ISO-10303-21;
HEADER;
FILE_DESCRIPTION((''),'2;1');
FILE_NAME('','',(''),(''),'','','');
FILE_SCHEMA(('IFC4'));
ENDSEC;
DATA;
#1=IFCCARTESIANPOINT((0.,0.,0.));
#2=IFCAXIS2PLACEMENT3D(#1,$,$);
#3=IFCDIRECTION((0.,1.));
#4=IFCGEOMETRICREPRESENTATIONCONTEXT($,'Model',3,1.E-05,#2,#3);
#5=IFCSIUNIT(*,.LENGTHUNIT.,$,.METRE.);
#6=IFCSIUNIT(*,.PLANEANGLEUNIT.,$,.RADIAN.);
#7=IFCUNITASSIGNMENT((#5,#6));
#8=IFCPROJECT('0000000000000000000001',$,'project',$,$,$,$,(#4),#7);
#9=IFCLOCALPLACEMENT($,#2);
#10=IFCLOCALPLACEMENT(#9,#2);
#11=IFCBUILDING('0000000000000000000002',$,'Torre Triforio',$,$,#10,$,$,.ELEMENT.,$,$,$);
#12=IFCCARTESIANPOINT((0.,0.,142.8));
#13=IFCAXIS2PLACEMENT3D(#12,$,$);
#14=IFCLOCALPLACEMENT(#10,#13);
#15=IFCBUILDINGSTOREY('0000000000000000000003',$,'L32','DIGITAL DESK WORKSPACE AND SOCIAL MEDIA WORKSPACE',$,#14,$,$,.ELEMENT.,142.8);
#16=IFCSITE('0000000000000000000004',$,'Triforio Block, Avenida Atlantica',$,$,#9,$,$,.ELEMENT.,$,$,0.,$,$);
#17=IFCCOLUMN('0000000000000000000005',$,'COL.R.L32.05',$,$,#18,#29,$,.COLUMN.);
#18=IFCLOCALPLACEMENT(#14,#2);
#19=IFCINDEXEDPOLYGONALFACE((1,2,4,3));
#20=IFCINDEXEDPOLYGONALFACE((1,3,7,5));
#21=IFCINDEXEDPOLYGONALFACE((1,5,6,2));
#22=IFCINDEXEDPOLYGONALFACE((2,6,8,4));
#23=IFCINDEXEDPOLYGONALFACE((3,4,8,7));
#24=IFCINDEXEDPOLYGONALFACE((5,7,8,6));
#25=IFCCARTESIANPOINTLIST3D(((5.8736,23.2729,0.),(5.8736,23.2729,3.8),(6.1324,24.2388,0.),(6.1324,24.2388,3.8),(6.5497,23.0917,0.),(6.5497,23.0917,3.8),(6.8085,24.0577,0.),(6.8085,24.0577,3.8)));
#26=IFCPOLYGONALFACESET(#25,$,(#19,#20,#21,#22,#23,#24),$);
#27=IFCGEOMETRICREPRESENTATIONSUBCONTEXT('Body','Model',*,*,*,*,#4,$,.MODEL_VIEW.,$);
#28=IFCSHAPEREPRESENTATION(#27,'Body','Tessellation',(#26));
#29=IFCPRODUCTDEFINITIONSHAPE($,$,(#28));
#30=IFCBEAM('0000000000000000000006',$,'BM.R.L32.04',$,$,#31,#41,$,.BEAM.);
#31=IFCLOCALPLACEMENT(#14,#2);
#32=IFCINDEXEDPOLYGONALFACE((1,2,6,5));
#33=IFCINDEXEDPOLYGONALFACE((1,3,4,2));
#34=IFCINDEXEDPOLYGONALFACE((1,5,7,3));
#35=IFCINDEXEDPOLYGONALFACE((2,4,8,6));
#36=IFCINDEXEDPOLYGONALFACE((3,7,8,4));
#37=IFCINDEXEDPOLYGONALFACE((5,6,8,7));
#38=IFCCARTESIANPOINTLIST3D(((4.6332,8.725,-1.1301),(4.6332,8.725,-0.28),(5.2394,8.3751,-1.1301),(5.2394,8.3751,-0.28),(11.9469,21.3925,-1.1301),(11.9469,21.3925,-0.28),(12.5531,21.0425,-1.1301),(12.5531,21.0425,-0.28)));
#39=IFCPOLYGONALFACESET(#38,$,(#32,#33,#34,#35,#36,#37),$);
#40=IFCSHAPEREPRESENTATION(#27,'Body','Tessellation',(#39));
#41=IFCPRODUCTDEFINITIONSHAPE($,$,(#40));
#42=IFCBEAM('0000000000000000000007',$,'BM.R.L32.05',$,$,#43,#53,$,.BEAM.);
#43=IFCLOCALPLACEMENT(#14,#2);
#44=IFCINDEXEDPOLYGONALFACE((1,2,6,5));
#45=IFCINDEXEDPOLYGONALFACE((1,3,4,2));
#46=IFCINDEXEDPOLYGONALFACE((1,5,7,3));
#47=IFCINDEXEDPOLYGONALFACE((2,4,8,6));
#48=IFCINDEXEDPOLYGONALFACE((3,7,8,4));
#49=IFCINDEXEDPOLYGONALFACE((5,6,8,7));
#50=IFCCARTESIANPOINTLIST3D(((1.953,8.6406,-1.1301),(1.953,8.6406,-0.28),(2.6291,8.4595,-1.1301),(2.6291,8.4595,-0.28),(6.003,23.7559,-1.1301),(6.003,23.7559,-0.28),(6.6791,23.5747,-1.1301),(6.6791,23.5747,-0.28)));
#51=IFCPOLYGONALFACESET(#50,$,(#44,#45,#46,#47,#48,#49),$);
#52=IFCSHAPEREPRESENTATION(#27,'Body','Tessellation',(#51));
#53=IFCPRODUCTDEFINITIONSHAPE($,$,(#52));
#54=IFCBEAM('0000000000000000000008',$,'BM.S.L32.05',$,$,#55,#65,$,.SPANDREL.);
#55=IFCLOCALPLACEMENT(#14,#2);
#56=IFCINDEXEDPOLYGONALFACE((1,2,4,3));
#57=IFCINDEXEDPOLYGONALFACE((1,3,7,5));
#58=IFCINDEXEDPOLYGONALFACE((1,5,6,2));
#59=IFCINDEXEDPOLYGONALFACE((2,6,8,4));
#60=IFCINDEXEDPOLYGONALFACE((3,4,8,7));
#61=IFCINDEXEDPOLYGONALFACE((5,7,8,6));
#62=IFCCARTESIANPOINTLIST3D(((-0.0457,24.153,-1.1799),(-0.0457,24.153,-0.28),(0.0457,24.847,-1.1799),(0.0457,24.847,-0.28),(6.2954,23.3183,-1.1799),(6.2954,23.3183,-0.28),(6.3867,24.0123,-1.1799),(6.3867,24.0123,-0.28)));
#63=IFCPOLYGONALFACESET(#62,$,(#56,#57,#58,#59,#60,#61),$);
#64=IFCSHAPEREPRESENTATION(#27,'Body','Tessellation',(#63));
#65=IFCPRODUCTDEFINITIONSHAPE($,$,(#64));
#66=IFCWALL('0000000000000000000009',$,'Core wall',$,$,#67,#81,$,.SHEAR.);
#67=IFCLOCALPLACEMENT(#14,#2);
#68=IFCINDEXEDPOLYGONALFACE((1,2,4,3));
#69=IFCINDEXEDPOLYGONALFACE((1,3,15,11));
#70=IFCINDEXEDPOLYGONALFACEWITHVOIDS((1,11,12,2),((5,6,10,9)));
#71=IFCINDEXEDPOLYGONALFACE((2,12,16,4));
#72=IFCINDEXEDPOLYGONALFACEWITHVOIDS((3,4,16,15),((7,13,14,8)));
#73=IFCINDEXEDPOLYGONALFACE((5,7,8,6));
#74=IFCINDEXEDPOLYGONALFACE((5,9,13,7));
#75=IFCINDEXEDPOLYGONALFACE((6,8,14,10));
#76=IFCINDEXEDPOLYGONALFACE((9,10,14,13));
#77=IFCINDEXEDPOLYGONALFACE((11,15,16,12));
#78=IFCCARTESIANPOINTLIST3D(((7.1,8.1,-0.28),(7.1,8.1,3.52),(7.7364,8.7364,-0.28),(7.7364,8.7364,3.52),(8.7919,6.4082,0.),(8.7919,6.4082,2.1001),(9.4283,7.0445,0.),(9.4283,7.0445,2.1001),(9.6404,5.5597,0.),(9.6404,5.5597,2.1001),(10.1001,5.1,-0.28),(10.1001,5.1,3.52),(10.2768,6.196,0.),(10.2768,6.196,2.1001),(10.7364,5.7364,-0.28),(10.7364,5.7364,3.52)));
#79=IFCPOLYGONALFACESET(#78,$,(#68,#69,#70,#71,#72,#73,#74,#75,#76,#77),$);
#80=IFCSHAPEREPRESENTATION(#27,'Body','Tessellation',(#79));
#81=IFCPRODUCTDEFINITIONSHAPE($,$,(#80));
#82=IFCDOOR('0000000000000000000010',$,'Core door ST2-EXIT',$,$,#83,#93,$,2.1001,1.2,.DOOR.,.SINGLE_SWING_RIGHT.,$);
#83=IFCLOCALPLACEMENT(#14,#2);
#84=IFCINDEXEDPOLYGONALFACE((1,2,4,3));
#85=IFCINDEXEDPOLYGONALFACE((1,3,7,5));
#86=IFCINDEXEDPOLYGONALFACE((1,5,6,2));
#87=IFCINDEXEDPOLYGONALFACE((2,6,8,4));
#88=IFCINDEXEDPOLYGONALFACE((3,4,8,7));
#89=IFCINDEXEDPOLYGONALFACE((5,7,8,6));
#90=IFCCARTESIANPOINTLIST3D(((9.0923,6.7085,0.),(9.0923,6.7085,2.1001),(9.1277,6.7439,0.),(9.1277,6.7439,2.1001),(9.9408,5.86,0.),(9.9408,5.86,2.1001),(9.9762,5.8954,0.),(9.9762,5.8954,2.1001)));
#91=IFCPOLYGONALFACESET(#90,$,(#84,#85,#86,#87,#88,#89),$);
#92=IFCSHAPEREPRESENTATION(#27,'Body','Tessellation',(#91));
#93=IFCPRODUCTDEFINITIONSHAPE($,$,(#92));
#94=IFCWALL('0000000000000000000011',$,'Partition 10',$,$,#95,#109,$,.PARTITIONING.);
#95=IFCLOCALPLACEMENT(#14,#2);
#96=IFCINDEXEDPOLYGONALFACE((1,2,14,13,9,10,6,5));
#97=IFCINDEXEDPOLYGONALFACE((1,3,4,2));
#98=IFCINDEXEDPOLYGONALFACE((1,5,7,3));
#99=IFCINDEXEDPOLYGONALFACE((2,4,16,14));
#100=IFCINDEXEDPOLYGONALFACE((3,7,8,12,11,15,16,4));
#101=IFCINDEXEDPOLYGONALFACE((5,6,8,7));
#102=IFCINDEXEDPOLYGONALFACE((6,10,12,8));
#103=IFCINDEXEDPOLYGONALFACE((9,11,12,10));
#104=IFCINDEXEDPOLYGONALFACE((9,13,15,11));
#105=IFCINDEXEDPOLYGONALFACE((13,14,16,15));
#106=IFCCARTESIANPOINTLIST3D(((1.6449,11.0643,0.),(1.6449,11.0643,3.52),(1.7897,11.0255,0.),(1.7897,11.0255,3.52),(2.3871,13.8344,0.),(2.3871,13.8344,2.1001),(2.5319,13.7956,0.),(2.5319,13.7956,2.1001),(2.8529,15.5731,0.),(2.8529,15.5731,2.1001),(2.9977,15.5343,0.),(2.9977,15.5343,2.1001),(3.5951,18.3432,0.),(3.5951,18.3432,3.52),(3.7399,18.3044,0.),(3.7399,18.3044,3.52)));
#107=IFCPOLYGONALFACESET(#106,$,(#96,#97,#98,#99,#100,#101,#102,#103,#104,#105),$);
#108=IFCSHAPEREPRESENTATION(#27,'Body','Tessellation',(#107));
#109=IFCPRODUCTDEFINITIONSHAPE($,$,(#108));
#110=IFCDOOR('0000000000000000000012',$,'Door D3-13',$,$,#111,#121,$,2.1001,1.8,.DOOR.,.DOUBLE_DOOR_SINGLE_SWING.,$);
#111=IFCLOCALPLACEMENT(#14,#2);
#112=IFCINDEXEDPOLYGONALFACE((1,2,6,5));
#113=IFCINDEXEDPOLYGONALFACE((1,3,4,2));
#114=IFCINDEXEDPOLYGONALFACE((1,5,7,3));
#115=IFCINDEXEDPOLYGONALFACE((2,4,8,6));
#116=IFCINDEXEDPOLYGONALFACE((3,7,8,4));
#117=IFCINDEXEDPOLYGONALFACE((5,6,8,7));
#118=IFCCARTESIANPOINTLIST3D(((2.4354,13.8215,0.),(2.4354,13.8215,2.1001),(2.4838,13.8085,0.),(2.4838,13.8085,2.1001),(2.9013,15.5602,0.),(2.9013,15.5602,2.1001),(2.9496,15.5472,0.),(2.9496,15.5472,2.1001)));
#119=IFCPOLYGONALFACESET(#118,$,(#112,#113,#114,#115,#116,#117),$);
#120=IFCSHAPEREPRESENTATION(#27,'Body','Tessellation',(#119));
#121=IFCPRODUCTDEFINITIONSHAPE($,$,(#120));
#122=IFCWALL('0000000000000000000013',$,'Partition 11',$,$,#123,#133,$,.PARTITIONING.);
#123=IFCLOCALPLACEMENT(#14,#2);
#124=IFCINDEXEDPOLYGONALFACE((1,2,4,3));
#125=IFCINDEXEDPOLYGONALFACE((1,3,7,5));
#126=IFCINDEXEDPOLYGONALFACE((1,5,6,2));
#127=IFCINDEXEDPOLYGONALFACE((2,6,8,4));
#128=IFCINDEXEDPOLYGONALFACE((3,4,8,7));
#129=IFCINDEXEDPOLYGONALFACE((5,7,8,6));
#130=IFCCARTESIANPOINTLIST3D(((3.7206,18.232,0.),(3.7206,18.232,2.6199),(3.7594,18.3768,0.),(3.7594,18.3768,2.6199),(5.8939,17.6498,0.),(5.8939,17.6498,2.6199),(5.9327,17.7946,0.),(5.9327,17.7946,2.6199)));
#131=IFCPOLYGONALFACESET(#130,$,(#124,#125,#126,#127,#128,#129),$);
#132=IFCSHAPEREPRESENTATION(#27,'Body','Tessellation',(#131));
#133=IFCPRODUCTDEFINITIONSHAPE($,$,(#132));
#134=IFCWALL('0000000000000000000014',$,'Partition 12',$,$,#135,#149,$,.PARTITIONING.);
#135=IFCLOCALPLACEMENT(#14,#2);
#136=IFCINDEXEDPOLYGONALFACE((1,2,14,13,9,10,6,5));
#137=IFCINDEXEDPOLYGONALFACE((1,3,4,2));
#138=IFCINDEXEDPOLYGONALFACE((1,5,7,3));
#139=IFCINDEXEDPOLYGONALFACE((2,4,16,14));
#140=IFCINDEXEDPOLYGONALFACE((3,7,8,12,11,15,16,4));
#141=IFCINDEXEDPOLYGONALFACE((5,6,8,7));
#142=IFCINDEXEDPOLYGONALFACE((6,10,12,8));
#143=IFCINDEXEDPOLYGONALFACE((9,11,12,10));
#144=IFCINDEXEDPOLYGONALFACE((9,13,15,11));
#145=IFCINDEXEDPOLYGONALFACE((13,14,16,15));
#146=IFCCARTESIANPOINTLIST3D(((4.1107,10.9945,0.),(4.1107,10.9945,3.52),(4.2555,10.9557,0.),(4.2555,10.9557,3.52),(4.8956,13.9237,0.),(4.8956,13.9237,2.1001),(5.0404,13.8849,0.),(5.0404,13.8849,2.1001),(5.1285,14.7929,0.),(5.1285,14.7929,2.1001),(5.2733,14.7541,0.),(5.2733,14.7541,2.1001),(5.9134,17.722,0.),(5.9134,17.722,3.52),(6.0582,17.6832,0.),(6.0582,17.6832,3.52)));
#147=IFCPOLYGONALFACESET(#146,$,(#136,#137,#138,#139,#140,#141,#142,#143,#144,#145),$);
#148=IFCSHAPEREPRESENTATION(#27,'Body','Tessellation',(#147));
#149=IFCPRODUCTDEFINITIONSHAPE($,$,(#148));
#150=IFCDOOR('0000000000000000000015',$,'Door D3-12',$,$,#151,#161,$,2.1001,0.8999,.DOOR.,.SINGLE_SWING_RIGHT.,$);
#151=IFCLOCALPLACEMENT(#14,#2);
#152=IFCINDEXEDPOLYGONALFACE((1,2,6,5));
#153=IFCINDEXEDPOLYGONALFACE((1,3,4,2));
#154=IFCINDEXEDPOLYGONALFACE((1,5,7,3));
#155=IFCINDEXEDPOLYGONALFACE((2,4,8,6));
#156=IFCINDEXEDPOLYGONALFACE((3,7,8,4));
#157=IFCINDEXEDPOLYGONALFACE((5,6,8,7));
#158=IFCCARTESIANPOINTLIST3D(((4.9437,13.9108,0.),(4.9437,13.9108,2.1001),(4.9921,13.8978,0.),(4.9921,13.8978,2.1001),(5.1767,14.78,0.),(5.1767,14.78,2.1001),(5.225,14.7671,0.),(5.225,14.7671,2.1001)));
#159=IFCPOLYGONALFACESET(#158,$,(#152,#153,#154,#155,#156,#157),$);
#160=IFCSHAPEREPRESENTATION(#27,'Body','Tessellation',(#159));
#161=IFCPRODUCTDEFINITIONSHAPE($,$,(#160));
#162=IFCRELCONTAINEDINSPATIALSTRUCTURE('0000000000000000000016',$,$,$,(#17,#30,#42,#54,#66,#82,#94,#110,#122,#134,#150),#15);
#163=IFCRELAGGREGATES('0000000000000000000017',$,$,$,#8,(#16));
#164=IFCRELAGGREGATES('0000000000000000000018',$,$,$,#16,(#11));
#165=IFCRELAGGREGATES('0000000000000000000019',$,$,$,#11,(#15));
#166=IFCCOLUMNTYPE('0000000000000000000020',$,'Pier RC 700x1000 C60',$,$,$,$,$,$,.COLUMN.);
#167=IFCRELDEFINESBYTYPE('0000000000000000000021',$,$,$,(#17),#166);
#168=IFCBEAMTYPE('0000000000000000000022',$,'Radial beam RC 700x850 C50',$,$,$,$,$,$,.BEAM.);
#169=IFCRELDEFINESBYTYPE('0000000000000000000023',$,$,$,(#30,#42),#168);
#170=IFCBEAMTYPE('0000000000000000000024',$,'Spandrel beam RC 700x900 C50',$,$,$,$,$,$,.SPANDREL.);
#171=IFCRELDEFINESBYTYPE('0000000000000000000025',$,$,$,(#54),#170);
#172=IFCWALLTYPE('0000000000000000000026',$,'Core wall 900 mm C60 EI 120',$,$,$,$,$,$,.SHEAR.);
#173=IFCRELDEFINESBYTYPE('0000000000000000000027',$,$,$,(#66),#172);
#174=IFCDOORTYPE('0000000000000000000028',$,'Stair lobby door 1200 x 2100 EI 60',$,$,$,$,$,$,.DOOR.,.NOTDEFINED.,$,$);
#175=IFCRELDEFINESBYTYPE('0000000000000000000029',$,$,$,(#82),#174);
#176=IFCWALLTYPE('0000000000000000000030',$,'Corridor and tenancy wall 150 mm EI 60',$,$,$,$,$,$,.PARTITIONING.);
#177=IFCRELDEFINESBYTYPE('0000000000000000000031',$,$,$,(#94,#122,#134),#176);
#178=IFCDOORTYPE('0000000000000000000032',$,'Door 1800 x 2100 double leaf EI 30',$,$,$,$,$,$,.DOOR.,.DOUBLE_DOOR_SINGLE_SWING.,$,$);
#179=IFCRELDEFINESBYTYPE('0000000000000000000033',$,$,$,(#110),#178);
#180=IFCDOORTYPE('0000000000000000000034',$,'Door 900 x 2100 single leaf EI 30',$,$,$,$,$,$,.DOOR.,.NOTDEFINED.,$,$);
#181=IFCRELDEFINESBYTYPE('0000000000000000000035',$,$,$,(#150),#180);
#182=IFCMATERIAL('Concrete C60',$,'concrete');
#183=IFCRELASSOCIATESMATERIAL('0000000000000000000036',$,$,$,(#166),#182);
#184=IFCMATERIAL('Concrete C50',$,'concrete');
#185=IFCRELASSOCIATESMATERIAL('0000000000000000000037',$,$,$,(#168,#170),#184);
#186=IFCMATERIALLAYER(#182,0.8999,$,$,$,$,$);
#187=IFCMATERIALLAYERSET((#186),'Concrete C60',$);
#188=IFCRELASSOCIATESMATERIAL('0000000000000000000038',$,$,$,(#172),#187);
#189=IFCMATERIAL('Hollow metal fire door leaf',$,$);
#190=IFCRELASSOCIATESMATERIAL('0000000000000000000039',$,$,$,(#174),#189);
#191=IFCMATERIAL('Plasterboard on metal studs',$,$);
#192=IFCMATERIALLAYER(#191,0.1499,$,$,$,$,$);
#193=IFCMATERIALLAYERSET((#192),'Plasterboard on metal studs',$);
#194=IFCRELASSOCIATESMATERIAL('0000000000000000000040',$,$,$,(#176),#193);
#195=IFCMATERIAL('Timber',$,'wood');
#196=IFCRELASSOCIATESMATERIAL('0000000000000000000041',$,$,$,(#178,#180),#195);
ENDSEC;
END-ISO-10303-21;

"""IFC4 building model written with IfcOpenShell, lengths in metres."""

from ifc_helpers import new_model, si_unit, direction, frame, frame_2d, origin, origin_2d, place, context, subcontext, project, spatial, rectangle, extrude, material, layer, layer_set, material_profile, profile_set, type_object, element, fill, save


model = new_model("IFC4")

# Units and contexts
model_context = context("Model", 3, precision=1e-05, world=origin(), true_north=direction((0.0, 1.0)))
body_context = subcontext(model_context, "Body", "Model", "MODEL_VIEW")
ifc_project = project(units=[si_unit("LENGTHUNIT", "METRE"), si_unit("PLANEANGLEUNIT", "RADIAN")], contexts=[model_context])

# Site, building, storey
site_placement = place(None, origin())
site = spatial("IfcSite", under=ifc_project, at=site_placement, Name="Triforio Block, Avenida Atlantica", CompositionType="ELEMENT", RefElevation=0.0)
building_placement = place(site_placement, origin())
building = spatial("IfcBuilding", under=site, at=building_placement, Name="Torre Triforio", CompositionType="ELEMENT")
storey_placement = place(building_placement, frame((0.0, 0.0, 142.8)))
storey = spatial("IfcBuildingStorey", under=building, at=storey_placement, Name="L32", Description="DIGITAL DESK WORKSPACE AND SOCIAL MEDIA WORKSPACE", CompositionType="ELEMENT", Elevation=142.8)

# Column
ifc_material_1 = material(Name="Concrete C60", Category="concrete")
ifc_material_profile_1 = material_profile(ifc_material_1, rectangle(XDim=0.7, YDim=1.0, at=origin_2d()), Name="RC 700x1000")
ifc_profile_set_1 = profile_set([ifc_material_profile_1], Name="Concrete C60")
column_type = type_object("IfcColumnType", Name="Pier RC 700x1000 C60", PredefinedType="COLUMN", material=ifc_profile_set_1)
column_placement = place(storey_placement, frame((6.3411, 23.6653, 0.0), z_axis=(0.0, 0.0, 1.0), x_axis=(-0.965926, 0.258819, 0.0)))
element("IfcColumn", 1, at=column_placement, inside=storey, type_object=column_type, Name="COL.R.L32.05", PredefinedType="COLUMN", context=body_context, shape_type="SweptSolid", body=[
    extrude(rectangle(XDim=0.7, YDim=1.0, at=origin_2d()), origin(), (0.0, 0.0, 1.0), 3.8),
])

# Beams
ifc_material_2 = material(Name="Concrete C50", Category="concrete")
ifc_material_profile_2 = material_profile(ifc_material_2, rectangle(XDim=0.7, YDim=0.8501, at=origin_2d()), Name="RC 700x850")
ifc_profile_set_2 = profile_set([ifc_material_profile_2], Name="Concrete C50")
beam_type_1 = type_object("IfcBeamType", Name="Radial beam RC 700x850 C50", PredefinedType="BEAM", material=ifc_profile_set_2)
beam_1_placement = place(storey_placement, frame((4.9363, 8.55, -0.7051), z_axis=(0.500008, 0.866021, 0.0), x_axis=(-0.866021, 0.500008, 0.0)))
element("IfcBeam", 2, at=beam_1_placement, inside=storey, type_object=beam_type_1, Name="BM.R.L32.04", PredefinedType="BEAM", context=body_context, shape_type="SweptSolid", body=[
    extrude(rectangle(XDim=0.7, YDim=0.8501, at=origin_2d()), origin(), (0.0, 0.0, 1.0), 14.6272),
])
beam_2_placement = place(storey_placement, frame((2.291, 8.55, -0.7051), z_axis=(0.258815, 0.965927, 0.0), x_axis=(-0.965927, 0.258815, 0.0)))
element("IfcBeam", 3, at=beam_2_placement, inside=storey, type_object=beam_type_1, Name="BM.R.L32.05", PredefinedType="BEAM", context=body_context, shape_type="SweptSolid", body=[
    extrude(rectangle(XDim=0.7, YDim=0.8501, at=origin_2d()), origin(), (0.0, 0.0, 1.0), 15.6484),
])
ifc_material_profile_3 = material_profile(ifc_material_2, rectangle(XDim=0.7, YDim=0.8999, at=origin_2d()), Name="RC 700x900")
ifc_profile_set_3 = profile_set([ifc_material_profile_3], Name="Concrete C50")
beam_type_2 = type_object("IfcBeamType", Name="Spandrel beam RC 700x900 C50", PredefinedType="SPANDREL", material=ifc_profile_set_3)
beam_3_placement = place(storey_placement, frame((6.3411, 23.6653, -0.73), z_axis=(-0.991447, 0.130511, 0.0), x_axis=(-0.130511, -0.991447, 0.0)))
element("IfcBeam", 4, at=beam_3_placement, inside=storey, type_object=beam_type_2, Name="BM.S.L32.05", PredefinedType="SPANDREL", context=body_context, shape_type="SweptSolid", body=[
    extrude(rectangle(XDim=0.7, YDim=0.8999, at=origin_2d()), origin(), (0.0, 0.0, 1.0), 6.3958),
])

# Walls, openings, doors
ifc_layer_1 = layer(ifc_material_1, 0.8999)
ifc_layer_set_1 = layer_set([ifc_layer_1], Name="Concrete C60")
wall_type_1 = type_object("IfcWallType", Name="Core wall 900 mm C60 EI 120", PredefinedType="SHEAR", material=ifc_layer_set_1)
wall_1_placement = place(storey_placement, frame((7.4182, 8.4182, -0.28), z_axis=(0.0, 0.0, 1.0), x_axis=(0.707107, -0.707107, 0.0)))
wall_1 = element("IfcWall", 5, at=wall_1_placement, inside=storey, type_object=wall_type_1, Name="Core wall", PredefinedType="SHEAR", context=body_context, shape_type="SweptSolid", body=[
    extrude(rectangle(XDim=4.2427, YDim=0.8999, at=frame_2d((2.1213, 0.0))), origin(), (0.0, 0.0, 1.0), 3.8),
])
opening_1_placement = place(wall_1_placement, frame((2.3926, 0.0, 0.28)))
opening_1 = element("IfcOpeningElement", 6, at=opening_1_placement, cuts=wall_1, PredefinedType="OPENING", context=body_context, shape_type="SweptSolid", body=[
    extrude(rectangle(XDim=1.2, YDim=2.1001, at=frame_2d((0.6001, 1.05))), frame((0.0, 0.46, 0.0), z_axis=(0.0, -1.0, 0.0), x_axis=(1.0, 0.0, 0.0)), (0.0, 0.0, 1.0), 0.9199),
])
ifc_material_3 = material(Name="Hollow metal fire door leaf")
door_type_1 = type_object("IfcDoorType", Name="Stair lobby door 1200 x 2100 EI 60", OperationType="NOTDEFINED", PredefinedType="DOOR", material=ifc_material_3)
door_1_placement = place(opening_1_placement, origin())
door_1 = element("IfcDoor", 7, at=door_1_placement, inside=storey, type_object=door_type_1, Name="Core door ST2-EXIT", OperationType="SINGLE_SWING_RIGHT", OverallHeight=2.1001, OverallWidth=1.2, PredefinedType="DOOR", context=body_context, shape_type="SweptSolid", body=[
    extrude(rectangle(XDim=1.2, YDim=2.1001, at=frame_2d((0.6001, 1.05))), frame((0.0, 0.0249, 0.0), z_axis=(0.0, -1.0, 0.0), x_axis=(1.0, 0.0, 0.0)), (0.0, 0.0, 1.0), 0.05),
])
fill(opening_1, door_1)
ifc_material_4 = material(Name="Plasterboard on metal studs")
ifc_layer_2 = layer(ifc_material_4, 0.1499)
ifc_layer_set_2 = layer_set([ifc_layer_2], Name="Plasterboard on metal studs")
wall_type_2 = type_object("IfcWallType", Name="Corridor and tenancy wall 150 mm EI 60", PredefinedType="PARTITIONING", material=ifc_layer_set_2)
wall_2_placement = place(storey_placement, frame((1.7173, 11.0449, 0.0), z_axis=(0.0, 0.0, 1.0), x_axis=(0.2588, 0.965931, 0.0)))
wall_2 = element("IfcWall", 8, at=wall_2_placement, inside=storey, type_object=wall_type_2, Name="Partition 10", PredefinedType="PARTITIONING", context=body_context, shape_type="SweptSolid", body=[
    extrude(rectangle(XDim=7.5356, YDim=0.1499, at=frame_2d((3.7678, 0.0))), origin(), (0.0, 0.0, 1.0), 3.52),
])
opening_2_placement = place(wall_2_placement, frame((2.8679, 0.0, 0.0)))
opening_2 = element("IfcOpeningElement", 9, at=opening_2_placement, cuts=wall_2, PredefinedType="OPENING", context=body_context, shape_type="SweptSolid", body=[
    extrude(rectangle(XDim=1.8, YDim=2.1001, at=frame_2d((0.8999, 1.05))), frame((0.0, 0.085, 0.0), z_axis=(0.0, -1.0, 0.0), x_axis=(1.0, 0.0, 0.0)), (0.0, 0.0, 1.0), 0.1699),
])
ifc_material_5 = material(Name="Timber", Category="wood")
door_type_2 = type_object("IfcDoorType", Name="Door 1800 x 2100 double leaf EI 30", OperationType="DOUBLE_DOOR_SINGLE_SWING", PredefinedType="DOOR", material=ifc_material_5)
door_2_placement = place(opening_2_placement, origin())
door_2 = element("IfcDoor", 10, at=door_2_placement, inside=storey, type_object=door_type_2, Name="Door D3-13", OperationType="DOUBLE_DOOR_SINGLE_SWING", OverallHeight=2.1001, OverallWidth=1.8, PredefinedType="DOOR", context=body_context, shape_type="SweptSolid", body=[
    extrude(rectangle(XDim=1.8, YDim=2.1001, at=frame_2d((0.8999, 1.05))), frame((0.0, 0.0249, 0.0), z_axis=(0.0, -1.0, 0.0), x_axis=(1.0, 0.0, 0.0)), (0.0, 0.0, 1.0), 0.05),
])
fill(opening_2, door_2)

# Wall
wall_3_placement = place(storey_placement, frame((3.74, 18.3044, 0.0), z_axis=(0.0, 0.0, 1.0), x_axis=(0.965934, -0.25879, 0.0)))
element("IfcWall", 11, at=wall_3_placement, inside=storey, type_object=wall_type_2, Name="Partition 11", PredefinedType="PARTITIONING", context=body_context, shape_type="SweptSolid", body=[
    extrude(rectangle(XDim=2.25, YDim=0.1499, at=frame_2d((1.125, 0.0))), origin(), (0.0, 0.0, 1.0), 2.6199),
])

# Wall, opening, door
wall_4_placement = place(storey_placement, frame((5.9858, 17.7026, 0.0), z_axis=(0.0, 0.0, 1.0), x_axis=(-0.258832, -0.965922, 0.0)))
wall_4 = element("IfcWall", 12, at=wall_4_placement, inside=storey, type_object=wall_type_2, Name="Partition 12", PredefinedType="PARTITIONING", context=body_context, shape_type="SweptSolid", body=[
    extrude(rectangle(XDim=6.9648, YDim=0.1499, at=frame_2d((3.4824, 0.0))), origin(), (0.0, 0.0, 1.0), 3.52),
])
opening_3_placement = place(wall_4_placement, frame((3.0325, 0.0, 0.0)))
opening_3 = element("IfcOpeningElement", 13, at=opening_3_placement, cuts=wall_4, PredefinedType="OPENING", context=body_context, shape_type="SweptSolid", body=[
    extrude(rectangle(XDim=0.8999, YDim=2.1001, at=frame_2d((0.45, 1.05))), frame((0.0, 0.085, 0.0), z_axis=(0.0, -1.0, 0.0), x_axis=(1.0, 0.0, 0.0)), (0.0, 0.0, 1.0), 0.1699),
])
door_type_3 = type_object("IfcDoorType", Name="Door 900 x 2100 single leaf EI 30", OperationType="NOTDEFINED", PredefinedType="DOOR", material=ifc_material_5)
door_3_placement = place(opening_3_placement, origin())
door_3 = element("IfcDoor", 14, at=door_3_placement, inside=storey, type_object=door_type_3, Name="Door D3-12", OperationType="SINGLE_SWING_RIGHT", OverallHeight=2.1001, OverallWidth=0.8999, PredefinedType="DOOR", context=body_context, shape_type="SweptSolid", body=[
    extrude(rectangle(XDim=0.8999, YDim=2.1001, at=frame_2d((0.45, 1.05))), frame((0.0, 0.0249, 0.0), z_axis=(0.0, -1.0, 0.0), x_axis=(1.0, 0.0, 0.0)), (0.0, 0.0, 1.0), 0.05),
])
fill(opening_3, door_3)

save(model, "model.ifc")
